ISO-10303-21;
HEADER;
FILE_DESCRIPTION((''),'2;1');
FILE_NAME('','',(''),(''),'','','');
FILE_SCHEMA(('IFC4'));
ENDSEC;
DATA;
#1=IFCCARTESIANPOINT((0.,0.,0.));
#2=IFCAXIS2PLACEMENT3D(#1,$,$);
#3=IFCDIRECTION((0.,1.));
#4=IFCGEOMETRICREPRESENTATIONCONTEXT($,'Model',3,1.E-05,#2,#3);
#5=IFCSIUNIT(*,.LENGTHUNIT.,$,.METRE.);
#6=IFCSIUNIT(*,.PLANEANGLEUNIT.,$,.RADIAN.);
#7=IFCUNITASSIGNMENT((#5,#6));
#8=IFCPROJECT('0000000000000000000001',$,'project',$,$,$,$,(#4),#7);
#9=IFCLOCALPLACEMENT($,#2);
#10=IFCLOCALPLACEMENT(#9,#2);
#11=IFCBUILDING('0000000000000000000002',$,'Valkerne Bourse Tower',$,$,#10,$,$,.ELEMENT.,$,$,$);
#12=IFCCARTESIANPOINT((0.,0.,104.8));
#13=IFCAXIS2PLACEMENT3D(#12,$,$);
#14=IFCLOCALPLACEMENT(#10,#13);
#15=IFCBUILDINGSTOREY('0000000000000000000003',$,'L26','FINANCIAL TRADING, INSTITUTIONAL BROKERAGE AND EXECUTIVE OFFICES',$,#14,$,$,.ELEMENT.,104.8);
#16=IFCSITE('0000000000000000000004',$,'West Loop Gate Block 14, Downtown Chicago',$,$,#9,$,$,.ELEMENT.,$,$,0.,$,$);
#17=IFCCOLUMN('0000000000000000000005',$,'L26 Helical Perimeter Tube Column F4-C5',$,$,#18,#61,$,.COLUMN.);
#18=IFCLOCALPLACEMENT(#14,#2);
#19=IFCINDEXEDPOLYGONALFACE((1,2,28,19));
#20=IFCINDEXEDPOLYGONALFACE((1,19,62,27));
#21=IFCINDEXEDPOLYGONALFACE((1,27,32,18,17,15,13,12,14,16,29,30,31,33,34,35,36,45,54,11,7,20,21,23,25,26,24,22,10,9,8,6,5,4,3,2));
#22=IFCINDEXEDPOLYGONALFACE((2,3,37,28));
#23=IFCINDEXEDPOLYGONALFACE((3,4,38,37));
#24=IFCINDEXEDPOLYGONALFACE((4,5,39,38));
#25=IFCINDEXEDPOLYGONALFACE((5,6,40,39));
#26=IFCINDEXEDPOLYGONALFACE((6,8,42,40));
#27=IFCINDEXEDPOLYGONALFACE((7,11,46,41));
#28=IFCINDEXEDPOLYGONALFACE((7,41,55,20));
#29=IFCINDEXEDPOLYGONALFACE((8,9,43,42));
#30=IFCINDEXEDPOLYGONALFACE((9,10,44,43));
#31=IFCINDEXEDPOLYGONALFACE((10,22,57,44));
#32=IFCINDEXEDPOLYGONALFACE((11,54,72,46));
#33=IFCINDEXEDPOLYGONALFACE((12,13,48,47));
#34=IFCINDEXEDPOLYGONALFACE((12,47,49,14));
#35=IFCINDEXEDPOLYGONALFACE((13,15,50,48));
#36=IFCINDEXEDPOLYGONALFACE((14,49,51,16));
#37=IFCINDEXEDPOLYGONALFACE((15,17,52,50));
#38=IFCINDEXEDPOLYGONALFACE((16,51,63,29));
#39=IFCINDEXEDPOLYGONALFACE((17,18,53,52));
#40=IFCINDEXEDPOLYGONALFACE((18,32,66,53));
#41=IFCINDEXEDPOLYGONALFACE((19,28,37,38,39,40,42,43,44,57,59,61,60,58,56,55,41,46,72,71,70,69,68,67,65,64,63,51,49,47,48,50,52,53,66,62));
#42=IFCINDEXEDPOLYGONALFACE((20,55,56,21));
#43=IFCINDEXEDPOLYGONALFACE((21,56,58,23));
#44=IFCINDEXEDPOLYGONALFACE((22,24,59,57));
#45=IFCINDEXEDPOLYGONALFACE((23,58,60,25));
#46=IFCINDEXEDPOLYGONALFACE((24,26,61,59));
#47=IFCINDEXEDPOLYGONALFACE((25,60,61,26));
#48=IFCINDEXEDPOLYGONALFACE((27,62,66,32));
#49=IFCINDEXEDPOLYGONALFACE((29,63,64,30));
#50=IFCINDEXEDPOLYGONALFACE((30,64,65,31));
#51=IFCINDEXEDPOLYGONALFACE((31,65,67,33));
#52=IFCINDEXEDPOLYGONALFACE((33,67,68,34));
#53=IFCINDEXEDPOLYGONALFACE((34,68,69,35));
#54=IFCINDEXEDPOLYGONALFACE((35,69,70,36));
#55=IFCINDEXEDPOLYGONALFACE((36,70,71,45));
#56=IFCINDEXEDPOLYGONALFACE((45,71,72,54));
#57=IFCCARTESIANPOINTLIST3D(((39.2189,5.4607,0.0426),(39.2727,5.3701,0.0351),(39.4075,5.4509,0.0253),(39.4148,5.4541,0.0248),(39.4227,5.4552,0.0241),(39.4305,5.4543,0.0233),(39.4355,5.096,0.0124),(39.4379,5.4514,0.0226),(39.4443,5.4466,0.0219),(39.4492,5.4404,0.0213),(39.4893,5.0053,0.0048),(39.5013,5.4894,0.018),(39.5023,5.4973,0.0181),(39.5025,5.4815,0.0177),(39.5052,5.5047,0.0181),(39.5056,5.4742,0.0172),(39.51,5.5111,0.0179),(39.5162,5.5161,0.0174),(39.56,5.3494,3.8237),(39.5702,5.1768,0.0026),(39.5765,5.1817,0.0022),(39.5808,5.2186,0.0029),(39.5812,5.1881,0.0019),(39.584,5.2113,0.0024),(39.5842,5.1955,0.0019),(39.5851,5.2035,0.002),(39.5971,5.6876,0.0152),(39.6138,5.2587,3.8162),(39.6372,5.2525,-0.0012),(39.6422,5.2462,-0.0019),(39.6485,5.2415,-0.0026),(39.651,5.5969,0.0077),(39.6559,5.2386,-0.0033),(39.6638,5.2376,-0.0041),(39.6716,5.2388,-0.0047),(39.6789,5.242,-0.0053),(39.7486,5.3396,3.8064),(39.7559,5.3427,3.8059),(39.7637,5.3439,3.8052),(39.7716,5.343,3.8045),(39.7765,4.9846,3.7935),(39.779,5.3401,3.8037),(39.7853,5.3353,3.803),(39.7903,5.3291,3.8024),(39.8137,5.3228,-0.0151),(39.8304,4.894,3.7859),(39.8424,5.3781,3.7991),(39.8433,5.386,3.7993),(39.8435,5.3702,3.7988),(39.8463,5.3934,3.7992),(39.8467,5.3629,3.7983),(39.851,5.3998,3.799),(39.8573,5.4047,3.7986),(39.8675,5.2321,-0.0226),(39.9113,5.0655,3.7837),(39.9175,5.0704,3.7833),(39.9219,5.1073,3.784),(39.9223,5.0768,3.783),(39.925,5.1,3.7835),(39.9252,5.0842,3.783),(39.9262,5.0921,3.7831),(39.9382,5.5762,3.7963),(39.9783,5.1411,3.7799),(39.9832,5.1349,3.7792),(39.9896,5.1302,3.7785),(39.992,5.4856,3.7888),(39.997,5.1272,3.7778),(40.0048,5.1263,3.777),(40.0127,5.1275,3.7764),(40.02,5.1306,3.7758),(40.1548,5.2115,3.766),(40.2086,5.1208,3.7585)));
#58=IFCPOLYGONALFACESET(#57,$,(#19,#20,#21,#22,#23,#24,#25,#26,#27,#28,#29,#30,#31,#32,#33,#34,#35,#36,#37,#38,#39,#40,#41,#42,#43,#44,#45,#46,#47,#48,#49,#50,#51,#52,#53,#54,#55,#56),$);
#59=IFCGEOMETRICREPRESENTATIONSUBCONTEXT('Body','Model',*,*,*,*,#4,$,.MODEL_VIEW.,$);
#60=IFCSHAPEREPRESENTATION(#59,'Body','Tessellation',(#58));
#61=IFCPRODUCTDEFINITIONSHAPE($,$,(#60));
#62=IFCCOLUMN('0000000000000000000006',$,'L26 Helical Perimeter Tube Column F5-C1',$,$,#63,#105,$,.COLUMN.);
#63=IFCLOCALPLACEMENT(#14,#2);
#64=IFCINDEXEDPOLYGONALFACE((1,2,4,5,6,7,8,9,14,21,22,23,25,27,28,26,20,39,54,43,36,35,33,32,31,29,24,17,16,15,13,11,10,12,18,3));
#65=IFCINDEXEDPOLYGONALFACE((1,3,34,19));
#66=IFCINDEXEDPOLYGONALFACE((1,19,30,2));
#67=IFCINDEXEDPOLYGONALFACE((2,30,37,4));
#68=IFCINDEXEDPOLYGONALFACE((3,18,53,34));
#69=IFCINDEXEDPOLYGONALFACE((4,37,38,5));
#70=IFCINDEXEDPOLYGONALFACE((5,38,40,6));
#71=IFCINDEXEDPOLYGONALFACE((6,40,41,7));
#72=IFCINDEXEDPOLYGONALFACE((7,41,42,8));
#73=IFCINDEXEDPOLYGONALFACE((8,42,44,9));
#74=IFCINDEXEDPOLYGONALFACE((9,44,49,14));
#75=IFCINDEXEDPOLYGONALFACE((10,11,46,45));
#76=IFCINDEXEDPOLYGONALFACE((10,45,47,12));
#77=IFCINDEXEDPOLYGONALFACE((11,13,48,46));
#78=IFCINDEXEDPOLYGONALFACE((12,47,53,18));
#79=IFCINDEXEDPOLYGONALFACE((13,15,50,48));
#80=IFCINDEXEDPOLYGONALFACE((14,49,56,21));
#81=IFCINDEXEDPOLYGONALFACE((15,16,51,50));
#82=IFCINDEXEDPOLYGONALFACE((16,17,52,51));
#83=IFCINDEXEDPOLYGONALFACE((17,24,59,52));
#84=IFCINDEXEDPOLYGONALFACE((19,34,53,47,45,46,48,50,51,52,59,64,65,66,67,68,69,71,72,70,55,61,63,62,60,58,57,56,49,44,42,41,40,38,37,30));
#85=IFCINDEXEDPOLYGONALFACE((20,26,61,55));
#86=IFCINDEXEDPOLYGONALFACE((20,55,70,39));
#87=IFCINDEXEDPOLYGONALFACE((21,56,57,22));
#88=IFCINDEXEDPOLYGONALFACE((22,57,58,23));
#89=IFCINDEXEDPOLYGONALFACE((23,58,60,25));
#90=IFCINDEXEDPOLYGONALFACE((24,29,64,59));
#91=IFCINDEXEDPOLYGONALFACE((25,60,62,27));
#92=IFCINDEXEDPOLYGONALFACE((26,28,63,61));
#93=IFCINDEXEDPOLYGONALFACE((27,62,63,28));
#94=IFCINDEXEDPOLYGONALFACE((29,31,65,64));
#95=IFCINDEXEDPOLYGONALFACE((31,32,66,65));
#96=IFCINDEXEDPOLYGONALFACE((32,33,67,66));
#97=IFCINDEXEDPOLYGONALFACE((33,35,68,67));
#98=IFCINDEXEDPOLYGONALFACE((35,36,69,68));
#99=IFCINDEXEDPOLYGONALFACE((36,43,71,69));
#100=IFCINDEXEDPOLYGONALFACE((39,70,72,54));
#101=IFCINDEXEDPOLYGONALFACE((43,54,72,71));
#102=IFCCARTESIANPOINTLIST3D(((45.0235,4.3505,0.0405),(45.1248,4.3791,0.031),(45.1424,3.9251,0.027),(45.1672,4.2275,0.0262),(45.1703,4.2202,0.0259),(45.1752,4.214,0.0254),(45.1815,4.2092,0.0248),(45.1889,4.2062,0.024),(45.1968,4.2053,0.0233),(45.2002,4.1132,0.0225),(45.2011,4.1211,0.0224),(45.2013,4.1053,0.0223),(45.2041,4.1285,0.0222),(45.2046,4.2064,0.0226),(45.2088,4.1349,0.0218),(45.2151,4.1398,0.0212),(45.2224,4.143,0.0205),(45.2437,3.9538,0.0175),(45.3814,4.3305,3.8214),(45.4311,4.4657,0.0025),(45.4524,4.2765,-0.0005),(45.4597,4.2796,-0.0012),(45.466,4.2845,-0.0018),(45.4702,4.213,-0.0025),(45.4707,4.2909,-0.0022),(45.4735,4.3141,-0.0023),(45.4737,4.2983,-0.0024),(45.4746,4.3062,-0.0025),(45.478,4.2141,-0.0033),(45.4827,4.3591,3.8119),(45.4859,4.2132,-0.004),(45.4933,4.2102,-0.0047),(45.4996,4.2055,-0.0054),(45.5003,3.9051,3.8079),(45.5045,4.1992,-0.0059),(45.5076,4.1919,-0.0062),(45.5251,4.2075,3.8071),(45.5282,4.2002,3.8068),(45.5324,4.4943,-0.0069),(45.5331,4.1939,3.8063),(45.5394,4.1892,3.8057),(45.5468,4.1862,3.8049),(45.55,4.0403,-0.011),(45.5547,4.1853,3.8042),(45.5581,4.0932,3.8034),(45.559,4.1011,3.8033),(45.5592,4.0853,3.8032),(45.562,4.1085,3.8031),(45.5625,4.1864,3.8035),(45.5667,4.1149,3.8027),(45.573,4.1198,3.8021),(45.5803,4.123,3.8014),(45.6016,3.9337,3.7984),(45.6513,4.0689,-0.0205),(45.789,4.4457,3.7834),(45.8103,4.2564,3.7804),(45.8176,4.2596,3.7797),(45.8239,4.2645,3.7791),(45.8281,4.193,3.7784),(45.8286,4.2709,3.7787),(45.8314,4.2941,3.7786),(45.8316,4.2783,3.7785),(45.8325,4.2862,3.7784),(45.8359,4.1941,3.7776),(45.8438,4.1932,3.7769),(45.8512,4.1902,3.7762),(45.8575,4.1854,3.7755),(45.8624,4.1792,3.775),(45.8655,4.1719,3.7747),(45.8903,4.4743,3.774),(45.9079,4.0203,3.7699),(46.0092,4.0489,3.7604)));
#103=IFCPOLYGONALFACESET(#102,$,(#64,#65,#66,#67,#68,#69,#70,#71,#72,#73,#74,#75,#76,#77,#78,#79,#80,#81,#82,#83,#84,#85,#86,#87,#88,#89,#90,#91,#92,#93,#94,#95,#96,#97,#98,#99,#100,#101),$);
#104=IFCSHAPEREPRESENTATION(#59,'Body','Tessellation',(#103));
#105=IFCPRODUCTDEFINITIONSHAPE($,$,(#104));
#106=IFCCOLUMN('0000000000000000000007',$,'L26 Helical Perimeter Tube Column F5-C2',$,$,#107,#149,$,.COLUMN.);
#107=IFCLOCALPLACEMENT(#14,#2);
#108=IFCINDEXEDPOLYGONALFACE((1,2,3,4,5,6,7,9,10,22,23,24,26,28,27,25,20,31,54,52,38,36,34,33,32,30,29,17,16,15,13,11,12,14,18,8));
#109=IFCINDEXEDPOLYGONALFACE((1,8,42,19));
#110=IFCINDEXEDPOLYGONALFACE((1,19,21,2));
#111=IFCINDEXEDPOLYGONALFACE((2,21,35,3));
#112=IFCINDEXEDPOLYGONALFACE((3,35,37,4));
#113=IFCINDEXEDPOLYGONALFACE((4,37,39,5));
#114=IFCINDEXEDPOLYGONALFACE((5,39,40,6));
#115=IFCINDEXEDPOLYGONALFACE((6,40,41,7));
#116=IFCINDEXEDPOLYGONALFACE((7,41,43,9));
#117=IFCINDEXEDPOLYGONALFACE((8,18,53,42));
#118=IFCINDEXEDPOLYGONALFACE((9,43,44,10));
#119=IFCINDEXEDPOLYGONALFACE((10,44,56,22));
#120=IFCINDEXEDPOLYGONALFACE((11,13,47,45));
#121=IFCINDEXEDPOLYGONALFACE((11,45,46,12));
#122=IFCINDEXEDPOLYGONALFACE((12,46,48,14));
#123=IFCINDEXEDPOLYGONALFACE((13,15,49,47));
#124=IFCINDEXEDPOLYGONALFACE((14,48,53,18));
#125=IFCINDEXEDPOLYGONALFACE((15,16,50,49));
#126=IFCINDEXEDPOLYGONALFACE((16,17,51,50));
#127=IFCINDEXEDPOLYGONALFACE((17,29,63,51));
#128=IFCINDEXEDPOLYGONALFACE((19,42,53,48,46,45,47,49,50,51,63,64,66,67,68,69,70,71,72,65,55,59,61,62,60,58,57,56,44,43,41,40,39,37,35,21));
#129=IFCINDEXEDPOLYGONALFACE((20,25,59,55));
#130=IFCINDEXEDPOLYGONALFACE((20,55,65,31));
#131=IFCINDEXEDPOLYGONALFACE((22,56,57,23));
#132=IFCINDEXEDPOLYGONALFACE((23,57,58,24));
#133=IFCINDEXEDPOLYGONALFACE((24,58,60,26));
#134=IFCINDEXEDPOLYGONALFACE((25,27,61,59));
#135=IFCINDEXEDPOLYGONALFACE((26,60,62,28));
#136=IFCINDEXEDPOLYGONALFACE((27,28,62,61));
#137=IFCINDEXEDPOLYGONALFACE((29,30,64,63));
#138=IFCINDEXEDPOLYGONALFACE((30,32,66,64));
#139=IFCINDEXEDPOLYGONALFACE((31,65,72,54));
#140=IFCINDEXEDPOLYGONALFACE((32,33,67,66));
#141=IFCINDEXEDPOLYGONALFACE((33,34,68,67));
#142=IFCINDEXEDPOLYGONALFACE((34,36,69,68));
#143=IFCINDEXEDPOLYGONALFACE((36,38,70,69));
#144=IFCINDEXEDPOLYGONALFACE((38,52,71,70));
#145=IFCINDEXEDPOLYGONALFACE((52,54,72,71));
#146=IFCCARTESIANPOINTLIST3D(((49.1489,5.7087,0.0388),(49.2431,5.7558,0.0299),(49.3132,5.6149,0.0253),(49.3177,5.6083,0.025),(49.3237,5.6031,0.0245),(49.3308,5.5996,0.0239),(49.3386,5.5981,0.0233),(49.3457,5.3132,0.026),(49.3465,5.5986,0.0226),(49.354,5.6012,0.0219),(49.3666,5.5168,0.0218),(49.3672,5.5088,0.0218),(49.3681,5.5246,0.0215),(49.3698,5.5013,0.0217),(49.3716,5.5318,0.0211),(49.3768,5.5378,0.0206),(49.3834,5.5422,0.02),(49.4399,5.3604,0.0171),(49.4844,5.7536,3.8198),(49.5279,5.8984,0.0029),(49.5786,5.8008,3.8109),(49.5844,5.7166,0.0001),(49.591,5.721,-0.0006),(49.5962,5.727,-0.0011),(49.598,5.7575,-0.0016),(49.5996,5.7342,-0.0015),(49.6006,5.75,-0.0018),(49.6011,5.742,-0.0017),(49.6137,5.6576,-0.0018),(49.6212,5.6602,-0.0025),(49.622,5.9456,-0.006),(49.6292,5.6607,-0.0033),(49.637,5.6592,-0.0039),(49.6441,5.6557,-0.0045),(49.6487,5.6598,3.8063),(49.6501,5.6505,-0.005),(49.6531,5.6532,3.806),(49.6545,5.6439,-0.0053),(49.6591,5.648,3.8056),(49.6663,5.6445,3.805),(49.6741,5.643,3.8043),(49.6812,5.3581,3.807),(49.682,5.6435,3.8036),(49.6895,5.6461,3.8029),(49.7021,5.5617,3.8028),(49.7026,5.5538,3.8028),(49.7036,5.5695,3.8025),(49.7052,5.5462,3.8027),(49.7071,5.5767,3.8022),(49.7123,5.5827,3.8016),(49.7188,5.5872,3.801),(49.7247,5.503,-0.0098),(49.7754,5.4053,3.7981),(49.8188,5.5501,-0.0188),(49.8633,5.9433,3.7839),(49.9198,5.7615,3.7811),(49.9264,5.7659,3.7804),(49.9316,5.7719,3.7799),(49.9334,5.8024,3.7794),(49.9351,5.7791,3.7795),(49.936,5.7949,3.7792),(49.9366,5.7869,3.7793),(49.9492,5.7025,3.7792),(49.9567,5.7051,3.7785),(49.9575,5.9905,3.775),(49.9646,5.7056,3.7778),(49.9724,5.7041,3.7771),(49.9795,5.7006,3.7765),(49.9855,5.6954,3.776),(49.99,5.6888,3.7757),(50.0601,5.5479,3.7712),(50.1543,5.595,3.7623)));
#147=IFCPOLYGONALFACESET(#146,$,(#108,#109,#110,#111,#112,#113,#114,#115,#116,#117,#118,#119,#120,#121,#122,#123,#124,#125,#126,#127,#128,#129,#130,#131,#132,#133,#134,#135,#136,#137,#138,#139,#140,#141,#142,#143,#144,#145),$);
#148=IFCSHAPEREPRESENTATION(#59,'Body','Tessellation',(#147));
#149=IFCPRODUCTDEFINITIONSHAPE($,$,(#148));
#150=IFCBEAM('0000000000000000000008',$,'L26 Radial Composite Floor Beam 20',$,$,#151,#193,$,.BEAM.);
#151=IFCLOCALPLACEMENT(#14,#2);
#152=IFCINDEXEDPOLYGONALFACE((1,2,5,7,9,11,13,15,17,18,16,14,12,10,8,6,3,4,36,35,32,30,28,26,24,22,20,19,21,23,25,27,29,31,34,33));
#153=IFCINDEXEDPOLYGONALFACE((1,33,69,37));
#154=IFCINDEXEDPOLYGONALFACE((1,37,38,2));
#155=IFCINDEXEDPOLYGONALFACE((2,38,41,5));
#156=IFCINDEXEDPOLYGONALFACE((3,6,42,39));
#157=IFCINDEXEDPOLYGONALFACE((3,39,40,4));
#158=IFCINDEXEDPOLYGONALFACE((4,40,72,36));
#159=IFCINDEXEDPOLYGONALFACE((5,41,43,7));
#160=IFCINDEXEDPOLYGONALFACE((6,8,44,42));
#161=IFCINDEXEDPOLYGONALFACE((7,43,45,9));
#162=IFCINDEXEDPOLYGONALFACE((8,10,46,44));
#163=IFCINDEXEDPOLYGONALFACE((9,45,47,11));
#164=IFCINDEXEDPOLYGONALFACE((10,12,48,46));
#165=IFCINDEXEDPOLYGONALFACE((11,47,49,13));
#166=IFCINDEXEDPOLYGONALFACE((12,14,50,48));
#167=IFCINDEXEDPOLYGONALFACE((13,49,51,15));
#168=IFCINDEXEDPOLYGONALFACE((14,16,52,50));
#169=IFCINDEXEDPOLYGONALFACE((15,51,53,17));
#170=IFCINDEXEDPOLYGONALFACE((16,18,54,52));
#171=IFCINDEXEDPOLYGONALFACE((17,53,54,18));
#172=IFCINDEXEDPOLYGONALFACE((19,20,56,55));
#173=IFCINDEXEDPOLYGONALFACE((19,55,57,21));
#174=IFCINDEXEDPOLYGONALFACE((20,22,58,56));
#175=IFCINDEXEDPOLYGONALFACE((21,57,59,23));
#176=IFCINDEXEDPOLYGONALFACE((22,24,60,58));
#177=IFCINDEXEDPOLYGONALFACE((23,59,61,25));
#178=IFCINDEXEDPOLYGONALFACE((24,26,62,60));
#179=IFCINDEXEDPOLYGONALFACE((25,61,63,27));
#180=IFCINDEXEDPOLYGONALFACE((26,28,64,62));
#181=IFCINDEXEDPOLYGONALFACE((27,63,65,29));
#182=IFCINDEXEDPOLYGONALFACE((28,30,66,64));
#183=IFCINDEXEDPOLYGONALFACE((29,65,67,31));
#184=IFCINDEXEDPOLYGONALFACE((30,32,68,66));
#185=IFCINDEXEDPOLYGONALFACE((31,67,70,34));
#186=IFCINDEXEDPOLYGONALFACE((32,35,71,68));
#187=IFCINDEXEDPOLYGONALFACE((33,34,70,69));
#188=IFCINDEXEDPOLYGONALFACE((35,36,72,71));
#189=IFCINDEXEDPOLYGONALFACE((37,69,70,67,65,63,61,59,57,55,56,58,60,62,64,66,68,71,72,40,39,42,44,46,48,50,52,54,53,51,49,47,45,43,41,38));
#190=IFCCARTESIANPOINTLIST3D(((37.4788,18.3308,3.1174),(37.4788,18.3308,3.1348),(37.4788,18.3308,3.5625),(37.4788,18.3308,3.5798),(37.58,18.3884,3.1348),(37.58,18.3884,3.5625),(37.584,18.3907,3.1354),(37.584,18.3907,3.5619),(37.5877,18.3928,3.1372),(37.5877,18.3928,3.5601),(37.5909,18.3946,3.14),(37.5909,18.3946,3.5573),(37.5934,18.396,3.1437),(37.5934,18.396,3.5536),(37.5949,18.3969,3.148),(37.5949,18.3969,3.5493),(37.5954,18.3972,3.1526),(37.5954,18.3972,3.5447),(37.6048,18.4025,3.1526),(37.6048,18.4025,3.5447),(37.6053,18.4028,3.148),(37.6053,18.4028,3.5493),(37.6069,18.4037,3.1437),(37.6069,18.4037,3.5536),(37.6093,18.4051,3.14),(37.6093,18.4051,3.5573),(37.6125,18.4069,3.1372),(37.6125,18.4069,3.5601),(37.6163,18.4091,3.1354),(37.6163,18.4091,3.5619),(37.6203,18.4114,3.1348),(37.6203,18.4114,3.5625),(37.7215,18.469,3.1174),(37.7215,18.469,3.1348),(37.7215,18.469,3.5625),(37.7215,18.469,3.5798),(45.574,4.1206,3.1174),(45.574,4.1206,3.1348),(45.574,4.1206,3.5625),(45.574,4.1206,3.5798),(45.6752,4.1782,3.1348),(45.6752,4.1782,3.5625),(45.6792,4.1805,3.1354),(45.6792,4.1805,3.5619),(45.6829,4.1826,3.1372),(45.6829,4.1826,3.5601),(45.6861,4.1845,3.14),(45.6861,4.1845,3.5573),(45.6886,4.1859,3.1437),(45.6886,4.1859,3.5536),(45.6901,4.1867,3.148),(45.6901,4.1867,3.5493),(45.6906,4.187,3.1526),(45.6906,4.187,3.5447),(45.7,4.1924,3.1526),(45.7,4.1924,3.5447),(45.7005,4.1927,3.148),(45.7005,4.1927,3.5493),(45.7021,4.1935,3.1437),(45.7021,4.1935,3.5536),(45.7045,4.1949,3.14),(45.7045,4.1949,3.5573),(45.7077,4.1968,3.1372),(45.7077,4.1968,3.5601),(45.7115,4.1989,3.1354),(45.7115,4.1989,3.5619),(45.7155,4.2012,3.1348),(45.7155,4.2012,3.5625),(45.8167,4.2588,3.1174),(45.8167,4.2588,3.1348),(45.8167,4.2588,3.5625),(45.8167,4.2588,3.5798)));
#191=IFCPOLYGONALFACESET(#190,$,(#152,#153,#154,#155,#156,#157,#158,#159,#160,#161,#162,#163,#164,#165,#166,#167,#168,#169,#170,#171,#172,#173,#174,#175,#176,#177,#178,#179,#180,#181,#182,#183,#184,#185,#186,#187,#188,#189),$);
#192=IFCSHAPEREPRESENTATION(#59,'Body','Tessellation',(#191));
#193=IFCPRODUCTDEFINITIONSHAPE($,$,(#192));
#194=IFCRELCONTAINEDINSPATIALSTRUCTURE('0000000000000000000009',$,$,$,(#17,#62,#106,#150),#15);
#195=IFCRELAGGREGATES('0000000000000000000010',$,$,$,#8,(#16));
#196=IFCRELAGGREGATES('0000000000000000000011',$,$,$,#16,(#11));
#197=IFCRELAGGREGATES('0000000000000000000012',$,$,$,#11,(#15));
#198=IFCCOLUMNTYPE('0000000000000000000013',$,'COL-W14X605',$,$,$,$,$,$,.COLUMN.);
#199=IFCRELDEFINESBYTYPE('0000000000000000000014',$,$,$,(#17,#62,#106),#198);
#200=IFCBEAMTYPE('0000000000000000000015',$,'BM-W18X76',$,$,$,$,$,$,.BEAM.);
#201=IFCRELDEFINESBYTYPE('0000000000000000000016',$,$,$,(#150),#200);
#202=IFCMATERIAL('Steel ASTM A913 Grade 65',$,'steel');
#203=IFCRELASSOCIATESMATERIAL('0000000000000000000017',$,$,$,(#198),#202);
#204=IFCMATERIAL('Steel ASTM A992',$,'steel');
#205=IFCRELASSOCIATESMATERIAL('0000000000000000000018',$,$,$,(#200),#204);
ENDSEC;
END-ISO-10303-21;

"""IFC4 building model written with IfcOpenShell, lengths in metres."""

from ifc_helpers import new_model, si_unit, direction, frame, origin, origin_2d, place, context, subcontext, project, spatial, i_section, extrude, material, material_profile, profile_set, type_object, element, save


model = new_model("IFC4")

# Units and contexts
model_context = context("Model", 3, precision=1e-05, world=origin(), true_north=direction((0.0, 1.0)))
body_context = subcontext(model_context, "Body", "Model", "MODEL_VIEW")
ifc_project = project(units=[si_unit("LENGTHUNIT", "METRE"), si_unit("PLANEANGLEUNIT", "RADIAN")], contexts=[model_context])

# Site, building, storey
site_placement = place(None, origin())
site = spatial("IfcSite", under=ifc_project, at=site_placement, Name="West Loop Gate Block 14, Downtown Chicago", CompositionType="ELEMENT", RefElevation=0.0)
building_placement = place(site_placement, origin())
building = spatial("IfcBuilding", under=site, at=building_placement, Name="Valkerne Bourse Tower", CompositionType="ELEMENT")
storey_placement = place(building_placement, frame((0.0, 0.0, 104.8)))
storey = spatial("IfcBuildingStorey", under=building, at=storey_placement, Name="L26", Description="FINANCIAL TRADING, INSTITUTIONAL BROKERAGE AND EXECUTIVE OFFICES", CompositionType="ELEMENT", Elevation=104.8)

# Columns
ifc_material_1 = material(Name="Steel ASTM A913 Grade 65", Category="steel")
ifc_material_profile_1 = material_profile(ifc_material_1, i_section(OverallWidth=0.4419, OverallDepth=0.531, WebThickness=0.0659, FlangeThickness=0.1057, FilletRadius=0.0305, at=origin_2d()), Name="W14X605")
ifc_profile_set_1 = profile_set([ifc_material_profile_1], Name="Steel ASTM A913 Grade 65")
column_type = type_object("IfcColumnType", Name="COL-W14X605", PredefinedType="COLUMN", material=ifc_profile_set_1)
column_1_placement = place(storey_placement, frame((39.5432, 5.3464, 0.01), z_axis=(0.089801, -0.029312, 0.995528), x_axis=(0.855963, 0.513294, -0.062098)))
element("IfcColumn", 1, at=column_1_placement, inside=storey, type_object=column_type, Name="L26 Helical Perimeter Tube Column F4-C5", PredefinedType="COLUMN", context=body_context, shape_type="SweptSolid", body=[
    extrude(i_section(OverallWidth=0.4419, OverallDepth=0.531, WebThickness=0.0659, FlangeThickness=0.1057, FilletRadius=0.0305, at=origin_2d()), origin(), (0.0, 0.0, 1.0), 3.7981),
])
column_2_placement = place(storey_placement, frame((45.3374, 4.2097, 0.01), z_axis=(0.094237, -0.005271, 0.995536), x_axis=(-0.269132, 0.962618, 0.030573)))
element("IfcColumn", 2, at=column_2_placement, inside=storey, type_object=column_type, Name="L26 Helical Perimeter Tube Column F5-C1", PredefinedType="COLUMN", context=body_context, shape_type="SweptSolid", body=[
    extrude(i_section(OverallWidth=0.4419, OverallDepth=0.531, WebThickness=0.0659, FlangeThickness=0.1057, FilletRadius=0.0305, at=origin_2d()), origin(), (0.0, 0.0, 1.0), 3.7979),
])
column_3_placement = place(storey_placement, frame((49.4839, 5.6294, 0.01), z_axis=(0.088366, 0.011834, 0.996018), x_axis=(-0.445348, 0.894892, 0.028879)))
element("IfcColumn", 3, at=column_3_placement, inside=storey, type_object=column_type, Name="L26 Helical Perimeter Tube Column F5-C2", PredefinedType="COLUMN", context=body_context, shape_type="SweptSolid", body=[
    extrude(i_section(OverallWidth=0.4419, OverallDepth=0.531, WebThickness=0.0659, FlangeThickness=0.1057, FilletRadius=0.0305, at=origin_2d()), origin(), (0.0, 0.0, 1.0), 3.7961),
])

# Beam
ifc_material_2 = material(Name="Steel ASTM A992", Category="steel")
ifc_material_profile_2 = material_profile(ifc_material_2, i_section(OverallWidth=0.2793, OverallDepth=0.4624, WebThickness=0.0107, FlangeThickness=0.0173, FilletRadius=0.0178, at=origin_2d()), Name="W18X76")
ifc_profile_set_2 = profile_set([ifc_material_profile_2], Name="Steel ASTM A992")
beam_type_1 = type_object("IfcBeamType", Name="BM-W18X76", PredefinedType="BEAM", material=ifc_profile_set_2)
beam_1_placement = place(storey_placement, frame((45.6953, 4.1897, 3.3486), z_axis=(-0.494991, 0.868898, 0.0), x_axis=(-0.868898, -0.494991, 0.0)))
element("IfcBeam", 4, at=beam_1_placement, inside=storey, type_object=beam_type_1, Name="L26 Radial Composite Floor Beam 20", PredefinedType="BEAM", context=body_context, shape_type="SweptSolid", body=[
    extrude(i_section(OverallWidth=0.2793, OverallDepth=0.4624, WebThickness=0.0107, FlangeThickness=0.0173, FilletRadius=0.0178, at=origin_2d()), origin(), (0.0, 0.0, 1.0), 16.3542),
])

save(model, "model.ifc")
